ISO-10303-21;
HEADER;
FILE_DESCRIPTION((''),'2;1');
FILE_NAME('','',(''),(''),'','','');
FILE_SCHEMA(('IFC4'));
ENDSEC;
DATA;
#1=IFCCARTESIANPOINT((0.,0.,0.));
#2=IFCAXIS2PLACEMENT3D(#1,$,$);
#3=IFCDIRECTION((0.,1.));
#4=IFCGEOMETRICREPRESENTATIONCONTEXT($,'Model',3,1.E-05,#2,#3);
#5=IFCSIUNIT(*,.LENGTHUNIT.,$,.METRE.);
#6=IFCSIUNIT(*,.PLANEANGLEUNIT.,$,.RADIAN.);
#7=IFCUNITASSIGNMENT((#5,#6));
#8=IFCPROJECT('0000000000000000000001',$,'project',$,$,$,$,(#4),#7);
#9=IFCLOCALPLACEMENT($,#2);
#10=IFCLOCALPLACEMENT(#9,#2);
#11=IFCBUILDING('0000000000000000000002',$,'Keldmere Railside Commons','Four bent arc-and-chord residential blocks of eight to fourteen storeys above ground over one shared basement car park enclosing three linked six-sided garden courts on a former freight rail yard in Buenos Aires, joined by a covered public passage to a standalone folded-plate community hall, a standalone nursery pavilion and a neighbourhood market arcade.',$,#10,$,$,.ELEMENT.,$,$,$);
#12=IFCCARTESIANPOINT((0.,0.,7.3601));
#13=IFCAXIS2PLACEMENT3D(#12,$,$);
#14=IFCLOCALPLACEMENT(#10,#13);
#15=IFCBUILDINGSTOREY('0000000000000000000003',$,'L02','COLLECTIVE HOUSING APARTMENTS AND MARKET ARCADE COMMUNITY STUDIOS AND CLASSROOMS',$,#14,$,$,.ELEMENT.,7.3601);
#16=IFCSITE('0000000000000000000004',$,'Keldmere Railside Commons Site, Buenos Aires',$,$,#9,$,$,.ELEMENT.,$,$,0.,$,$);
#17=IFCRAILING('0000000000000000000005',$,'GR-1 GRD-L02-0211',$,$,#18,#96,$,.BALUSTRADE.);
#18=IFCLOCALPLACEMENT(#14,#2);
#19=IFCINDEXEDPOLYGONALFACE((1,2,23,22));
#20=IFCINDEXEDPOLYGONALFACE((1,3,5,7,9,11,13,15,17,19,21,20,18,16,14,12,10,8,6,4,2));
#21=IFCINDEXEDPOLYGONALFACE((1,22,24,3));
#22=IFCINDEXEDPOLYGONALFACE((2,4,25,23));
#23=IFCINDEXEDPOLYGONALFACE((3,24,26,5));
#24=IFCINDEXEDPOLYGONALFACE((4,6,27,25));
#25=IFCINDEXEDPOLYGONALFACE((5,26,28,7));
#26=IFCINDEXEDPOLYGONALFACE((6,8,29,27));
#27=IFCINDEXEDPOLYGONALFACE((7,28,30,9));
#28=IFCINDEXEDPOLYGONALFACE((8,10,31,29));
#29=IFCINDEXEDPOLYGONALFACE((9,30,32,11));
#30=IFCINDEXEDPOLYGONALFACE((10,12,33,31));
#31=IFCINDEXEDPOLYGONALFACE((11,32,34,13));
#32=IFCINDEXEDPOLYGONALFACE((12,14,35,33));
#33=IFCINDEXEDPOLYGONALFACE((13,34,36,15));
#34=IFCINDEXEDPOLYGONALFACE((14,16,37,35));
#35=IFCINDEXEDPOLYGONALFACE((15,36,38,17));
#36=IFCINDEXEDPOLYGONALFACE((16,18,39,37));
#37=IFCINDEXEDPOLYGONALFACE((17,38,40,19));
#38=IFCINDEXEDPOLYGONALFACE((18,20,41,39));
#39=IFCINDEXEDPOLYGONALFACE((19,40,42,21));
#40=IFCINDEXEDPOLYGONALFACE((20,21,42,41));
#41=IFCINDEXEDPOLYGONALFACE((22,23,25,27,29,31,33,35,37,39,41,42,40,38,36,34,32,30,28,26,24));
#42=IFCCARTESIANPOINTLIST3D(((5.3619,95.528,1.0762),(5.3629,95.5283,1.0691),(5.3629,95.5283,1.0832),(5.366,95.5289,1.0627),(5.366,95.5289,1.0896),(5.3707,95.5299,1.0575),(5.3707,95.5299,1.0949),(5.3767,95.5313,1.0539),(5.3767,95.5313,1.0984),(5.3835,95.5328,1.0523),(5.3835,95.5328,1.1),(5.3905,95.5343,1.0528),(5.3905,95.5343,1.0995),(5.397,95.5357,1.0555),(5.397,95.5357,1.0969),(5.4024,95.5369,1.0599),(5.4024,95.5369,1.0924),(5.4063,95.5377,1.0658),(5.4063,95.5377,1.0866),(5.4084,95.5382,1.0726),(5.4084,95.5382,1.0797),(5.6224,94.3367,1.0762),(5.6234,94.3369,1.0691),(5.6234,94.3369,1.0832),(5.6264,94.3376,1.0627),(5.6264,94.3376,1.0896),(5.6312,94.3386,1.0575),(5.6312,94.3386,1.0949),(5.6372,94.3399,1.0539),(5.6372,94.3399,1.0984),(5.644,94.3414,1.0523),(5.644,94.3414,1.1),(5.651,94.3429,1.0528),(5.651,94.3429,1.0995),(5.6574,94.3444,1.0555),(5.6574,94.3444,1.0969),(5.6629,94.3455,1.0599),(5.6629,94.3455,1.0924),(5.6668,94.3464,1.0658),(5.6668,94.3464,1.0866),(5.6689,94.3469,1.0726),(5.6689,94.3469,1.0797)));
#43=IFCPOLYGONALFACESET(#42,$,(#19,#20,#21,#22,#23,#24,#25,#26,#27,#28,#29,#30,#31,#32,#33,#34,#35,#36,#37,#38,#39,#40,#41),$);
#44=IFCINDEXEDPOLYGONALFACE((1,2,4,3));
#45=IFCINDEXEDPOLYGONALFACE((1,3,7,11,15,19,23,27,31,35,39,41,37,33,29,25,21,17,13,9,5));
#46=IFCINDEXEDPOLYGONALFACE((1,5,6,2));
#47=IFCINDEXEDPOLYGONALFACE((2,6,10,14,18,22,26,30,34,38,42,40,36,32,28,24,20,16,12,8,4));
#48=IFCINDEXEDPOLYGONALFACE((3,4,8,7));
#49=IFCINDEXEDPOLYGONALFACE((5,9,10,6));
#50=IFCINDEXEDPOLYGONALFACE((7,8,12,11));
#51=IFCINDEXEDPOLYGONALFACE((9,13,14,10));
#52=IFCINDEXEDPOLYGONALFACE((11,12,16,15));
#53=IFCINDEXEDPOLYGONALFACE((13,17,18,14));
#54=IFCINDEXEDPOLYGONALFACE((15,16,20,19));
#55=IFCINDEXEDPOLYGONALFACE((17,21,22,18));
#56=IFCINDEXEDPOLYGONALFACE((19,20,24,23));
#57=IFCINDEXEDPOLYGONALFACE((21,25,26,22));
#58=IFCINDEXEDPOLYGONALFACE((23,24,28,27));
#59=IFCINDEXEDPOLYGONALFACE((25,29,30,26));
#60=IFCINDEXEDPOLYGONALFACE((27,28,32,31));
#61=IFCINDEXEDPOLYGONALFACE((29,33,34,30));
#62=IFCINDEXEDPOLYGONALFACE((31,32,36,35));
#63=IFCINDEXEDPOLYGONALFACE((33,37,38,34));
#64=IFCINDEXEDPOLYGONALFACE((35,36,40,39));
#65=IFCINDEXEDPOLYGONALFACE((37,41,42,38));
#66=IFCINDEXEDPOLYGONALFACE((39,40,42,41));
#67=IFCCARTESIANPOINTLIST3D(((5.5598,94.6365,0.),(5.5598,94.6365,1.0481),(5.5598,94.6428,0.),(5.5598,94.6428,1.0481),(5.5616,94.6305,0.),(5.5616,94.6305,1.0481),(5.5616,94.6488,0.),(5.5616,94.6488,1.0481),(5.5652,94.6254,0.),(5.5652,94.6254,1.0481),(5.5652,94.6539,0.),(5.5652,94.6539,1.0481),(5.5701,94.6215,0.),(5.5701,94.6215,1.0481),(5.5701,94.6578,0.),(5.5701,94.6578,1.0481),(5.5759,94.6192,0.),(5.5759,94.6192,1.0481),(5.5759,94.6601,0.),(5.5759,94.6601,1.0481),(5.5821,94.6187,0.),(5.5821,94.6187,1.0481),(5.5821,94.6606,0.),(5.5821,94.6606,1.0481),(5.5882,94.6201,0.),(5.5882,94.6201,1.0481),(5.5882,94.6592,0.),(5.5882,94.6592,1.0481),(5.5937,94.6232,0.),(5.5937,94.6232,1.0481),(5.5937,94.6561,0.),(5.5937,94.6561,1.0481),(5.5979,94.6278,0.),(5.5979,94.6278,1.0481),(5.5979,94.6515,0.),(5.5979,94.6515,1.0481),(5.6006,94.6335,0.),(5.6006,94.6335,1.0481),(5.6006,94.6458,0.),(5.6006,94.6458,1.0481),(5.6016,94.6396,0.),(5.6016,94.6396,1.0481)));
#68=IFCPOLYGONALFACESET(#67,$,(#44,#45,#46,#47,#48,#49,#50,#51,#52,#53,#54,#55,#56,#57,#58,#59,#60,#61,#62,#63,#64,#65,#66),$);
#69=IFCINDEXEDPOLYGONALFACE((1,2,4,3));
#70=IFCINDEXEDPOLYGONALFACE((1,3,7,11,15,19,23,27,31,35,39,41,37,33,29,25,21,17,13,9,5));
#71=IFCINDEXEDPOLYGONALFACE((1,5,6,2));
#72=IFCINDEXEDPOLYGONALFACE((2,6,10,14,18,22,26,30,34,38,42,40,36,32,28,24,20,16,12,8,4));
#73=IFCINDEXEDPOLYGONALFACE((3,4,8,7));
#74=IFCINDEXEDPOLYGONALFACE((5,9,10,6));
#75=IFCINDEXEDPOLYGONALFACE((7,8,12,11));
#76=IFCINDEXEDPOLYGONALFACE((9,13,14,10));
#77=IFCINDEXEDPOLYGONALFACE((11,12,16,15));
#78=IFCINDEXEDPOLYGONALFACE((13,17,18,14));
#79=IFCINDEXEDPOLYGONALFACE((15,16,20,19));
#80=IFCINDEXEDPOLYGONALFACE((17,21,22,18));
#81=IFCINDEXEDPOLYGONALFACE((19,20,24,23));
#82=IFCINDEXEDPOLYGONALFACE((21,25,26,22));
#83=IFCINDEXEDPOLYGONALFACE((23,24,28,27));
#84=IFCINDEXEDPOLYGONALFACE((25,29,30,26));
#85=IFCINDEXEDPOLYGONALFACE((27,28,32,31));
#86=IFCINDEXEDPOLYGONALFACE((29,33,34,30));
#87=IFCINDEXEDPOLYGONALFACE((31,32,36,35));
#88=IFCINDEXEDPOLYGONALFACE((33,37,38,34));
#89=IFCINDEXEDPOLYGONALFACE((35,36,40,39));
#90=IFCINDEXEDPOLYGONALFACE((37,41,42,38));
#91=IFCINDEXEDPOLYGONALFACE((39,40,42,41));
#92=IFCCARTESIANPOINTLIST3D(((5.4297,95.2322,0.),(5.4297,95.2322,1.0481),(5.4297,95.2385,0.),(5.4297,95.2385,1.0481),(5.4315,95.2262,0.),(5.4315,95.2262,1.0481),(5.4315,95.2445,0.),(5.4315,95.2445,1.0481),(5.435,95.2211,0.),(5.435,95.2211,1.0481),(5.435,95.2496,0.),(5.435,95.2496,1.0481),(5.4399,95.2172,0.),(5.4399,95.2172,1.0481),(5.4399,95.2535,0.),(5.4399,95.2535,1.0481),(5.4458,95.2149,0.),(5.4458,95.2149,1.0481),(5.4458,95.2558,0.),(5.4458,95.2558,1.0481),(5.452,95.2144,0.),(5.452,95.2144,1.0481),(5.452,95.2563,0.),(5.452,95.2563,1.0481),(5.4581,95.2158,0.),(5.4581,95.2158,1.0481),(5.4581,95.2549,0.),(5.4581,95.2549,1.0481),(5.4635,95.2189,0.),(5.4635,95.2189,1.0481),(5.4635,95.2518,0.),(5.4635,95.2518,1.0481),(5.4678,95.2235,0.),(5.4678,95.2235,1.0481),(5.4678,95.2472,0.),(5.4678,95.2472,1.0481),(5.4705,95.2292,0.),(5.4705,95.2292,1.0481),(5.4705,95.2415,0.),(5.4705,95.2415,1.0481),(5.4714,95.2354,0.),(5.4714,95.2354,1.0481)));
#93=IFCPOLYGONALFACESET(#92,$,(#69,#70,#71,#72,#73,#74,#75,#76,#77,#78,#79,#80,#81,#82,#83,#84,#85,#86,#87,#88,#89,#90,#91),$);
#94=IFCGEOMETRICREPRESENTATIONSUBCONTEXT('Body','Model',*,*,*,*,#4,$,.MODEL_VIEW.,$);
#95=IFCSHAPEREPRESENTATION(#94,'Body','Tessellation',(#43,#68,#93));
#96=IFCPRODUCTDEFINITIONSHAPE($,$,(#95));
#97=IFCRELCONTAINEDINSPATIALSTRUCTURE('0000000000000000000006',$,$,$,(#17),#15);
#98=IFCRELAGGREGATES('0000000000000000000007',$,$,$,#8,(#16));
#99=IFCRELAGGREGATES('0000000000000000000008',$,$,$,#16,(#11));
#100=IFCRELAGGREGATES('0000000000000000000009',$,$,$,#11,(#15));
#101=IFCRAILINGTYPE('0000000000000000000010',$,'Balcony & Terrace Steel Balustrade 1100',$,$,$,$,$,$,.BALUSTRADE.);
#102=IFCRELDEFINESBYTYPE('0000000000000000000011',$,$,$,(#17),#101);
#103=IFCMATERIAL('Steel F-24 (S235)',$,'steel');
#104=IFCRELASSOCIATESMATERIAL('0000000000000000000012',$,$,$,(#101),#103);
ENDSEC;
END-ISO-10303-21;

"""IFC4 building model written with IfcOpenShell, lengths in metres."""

from ifc_helpers import new_model, si_unit, direction, frame, origin, origin_2d, place, context, subcontext, project, spatial, circle, extrude, material, type_object, element, save


model = new_model("IFC4")

# Units and contexts
model_context = context("Model", 3, precision=1e-05, world=origin(), true_north=direction((0.0, 1.0)))
body_context = subcontext(model_context, "Body", "Model", "MODEL_VIEW")
ifc_project = project(units=[si_unit("LENGTHUNIT", "METRE"), si_unit("PLANEANGLEUNIT", "RADIAN")], contexts=[model_context])

# Site, building, storey
site_placement = place(None, origin())
site = spatial("IfcSite", under=ifc_project, at=site_placement, Name="Keldmere Railside Commons Site, Buenos Aires", CompositionType="ELEMENT", RefElevation=0.0)
building_placement = place(site_placement, origin())
building = spatial("IfcBuilding", under=site, at=building_placement, Name="Keldmere Railside Commons", Description="Four bent arc-and-chord residential blocks of eight to fourteen storeys above ground over one shared basement car park enclosing three linked six-sided garden courts on a former freight rail yard in Buenos Aires, joined by a covered public passage to a standalone folded-plate community hall, a standalone nursery pavilion and a neighbourhood market arcade.", CompositionType="ELEMENT")
storey_placement = place(building_placement, frame((0.0, 0.0, 7.3601)))
storey = spatial("IfcBuildingStorey", under=building, at=storey_placement, Name="L02", Description="COLLECTIVE HOUSING APARTMENTS AND MARKET ARCADE COMMUNITY STUDIOS AND CLASSROOMS", CompositionType="ELEMENT", Elevation=7.3601)

# Railing
ifc_material_1 = material(Name="Steel F-24 (S235)", Category="steel")
railing_type = type_object("IfcRailingType", Name="Balcony & Terrace Steel Balustrade 1100", PredefinedType="BALUSTRADE", material=ifc_material_1)
railing_1_placement = place(storey_placement, frame((5.6458, 94.3418, 0.0)))
element("IfcRailing", 1, at=railing_1_placement, inside=storey, type_object=railing_type, Name="GR-1 GRD-L02-0211", PredefinedType="BALUSTRADE", context=body_context, shape_type="SweptSolid", body=[
    extrude(circle(Radius=0.0239, at=origin_2d()), frame((0.0, 0.0, 1.0762), z_axis=(-0.213601, 0.976921, 0.0), x_axis=(-0.976921, -0.213601, 0.0)), (0.0, 0.0, 1.0), 1.2195),
    extrude(circle(Radius=0.021, at=origin_2d()), frame((-0.0652, 0.2979, 0.0)), (0.0, 0.0, 1.0), 1.0481),
    extrude(circle(Radius=0.021, at=origin_2d()), frame((-0.1953, 0.8936, 0.0)), (0.0, 0.0, 1.0), 1.0481),
])

save(model, "model.ifc")
